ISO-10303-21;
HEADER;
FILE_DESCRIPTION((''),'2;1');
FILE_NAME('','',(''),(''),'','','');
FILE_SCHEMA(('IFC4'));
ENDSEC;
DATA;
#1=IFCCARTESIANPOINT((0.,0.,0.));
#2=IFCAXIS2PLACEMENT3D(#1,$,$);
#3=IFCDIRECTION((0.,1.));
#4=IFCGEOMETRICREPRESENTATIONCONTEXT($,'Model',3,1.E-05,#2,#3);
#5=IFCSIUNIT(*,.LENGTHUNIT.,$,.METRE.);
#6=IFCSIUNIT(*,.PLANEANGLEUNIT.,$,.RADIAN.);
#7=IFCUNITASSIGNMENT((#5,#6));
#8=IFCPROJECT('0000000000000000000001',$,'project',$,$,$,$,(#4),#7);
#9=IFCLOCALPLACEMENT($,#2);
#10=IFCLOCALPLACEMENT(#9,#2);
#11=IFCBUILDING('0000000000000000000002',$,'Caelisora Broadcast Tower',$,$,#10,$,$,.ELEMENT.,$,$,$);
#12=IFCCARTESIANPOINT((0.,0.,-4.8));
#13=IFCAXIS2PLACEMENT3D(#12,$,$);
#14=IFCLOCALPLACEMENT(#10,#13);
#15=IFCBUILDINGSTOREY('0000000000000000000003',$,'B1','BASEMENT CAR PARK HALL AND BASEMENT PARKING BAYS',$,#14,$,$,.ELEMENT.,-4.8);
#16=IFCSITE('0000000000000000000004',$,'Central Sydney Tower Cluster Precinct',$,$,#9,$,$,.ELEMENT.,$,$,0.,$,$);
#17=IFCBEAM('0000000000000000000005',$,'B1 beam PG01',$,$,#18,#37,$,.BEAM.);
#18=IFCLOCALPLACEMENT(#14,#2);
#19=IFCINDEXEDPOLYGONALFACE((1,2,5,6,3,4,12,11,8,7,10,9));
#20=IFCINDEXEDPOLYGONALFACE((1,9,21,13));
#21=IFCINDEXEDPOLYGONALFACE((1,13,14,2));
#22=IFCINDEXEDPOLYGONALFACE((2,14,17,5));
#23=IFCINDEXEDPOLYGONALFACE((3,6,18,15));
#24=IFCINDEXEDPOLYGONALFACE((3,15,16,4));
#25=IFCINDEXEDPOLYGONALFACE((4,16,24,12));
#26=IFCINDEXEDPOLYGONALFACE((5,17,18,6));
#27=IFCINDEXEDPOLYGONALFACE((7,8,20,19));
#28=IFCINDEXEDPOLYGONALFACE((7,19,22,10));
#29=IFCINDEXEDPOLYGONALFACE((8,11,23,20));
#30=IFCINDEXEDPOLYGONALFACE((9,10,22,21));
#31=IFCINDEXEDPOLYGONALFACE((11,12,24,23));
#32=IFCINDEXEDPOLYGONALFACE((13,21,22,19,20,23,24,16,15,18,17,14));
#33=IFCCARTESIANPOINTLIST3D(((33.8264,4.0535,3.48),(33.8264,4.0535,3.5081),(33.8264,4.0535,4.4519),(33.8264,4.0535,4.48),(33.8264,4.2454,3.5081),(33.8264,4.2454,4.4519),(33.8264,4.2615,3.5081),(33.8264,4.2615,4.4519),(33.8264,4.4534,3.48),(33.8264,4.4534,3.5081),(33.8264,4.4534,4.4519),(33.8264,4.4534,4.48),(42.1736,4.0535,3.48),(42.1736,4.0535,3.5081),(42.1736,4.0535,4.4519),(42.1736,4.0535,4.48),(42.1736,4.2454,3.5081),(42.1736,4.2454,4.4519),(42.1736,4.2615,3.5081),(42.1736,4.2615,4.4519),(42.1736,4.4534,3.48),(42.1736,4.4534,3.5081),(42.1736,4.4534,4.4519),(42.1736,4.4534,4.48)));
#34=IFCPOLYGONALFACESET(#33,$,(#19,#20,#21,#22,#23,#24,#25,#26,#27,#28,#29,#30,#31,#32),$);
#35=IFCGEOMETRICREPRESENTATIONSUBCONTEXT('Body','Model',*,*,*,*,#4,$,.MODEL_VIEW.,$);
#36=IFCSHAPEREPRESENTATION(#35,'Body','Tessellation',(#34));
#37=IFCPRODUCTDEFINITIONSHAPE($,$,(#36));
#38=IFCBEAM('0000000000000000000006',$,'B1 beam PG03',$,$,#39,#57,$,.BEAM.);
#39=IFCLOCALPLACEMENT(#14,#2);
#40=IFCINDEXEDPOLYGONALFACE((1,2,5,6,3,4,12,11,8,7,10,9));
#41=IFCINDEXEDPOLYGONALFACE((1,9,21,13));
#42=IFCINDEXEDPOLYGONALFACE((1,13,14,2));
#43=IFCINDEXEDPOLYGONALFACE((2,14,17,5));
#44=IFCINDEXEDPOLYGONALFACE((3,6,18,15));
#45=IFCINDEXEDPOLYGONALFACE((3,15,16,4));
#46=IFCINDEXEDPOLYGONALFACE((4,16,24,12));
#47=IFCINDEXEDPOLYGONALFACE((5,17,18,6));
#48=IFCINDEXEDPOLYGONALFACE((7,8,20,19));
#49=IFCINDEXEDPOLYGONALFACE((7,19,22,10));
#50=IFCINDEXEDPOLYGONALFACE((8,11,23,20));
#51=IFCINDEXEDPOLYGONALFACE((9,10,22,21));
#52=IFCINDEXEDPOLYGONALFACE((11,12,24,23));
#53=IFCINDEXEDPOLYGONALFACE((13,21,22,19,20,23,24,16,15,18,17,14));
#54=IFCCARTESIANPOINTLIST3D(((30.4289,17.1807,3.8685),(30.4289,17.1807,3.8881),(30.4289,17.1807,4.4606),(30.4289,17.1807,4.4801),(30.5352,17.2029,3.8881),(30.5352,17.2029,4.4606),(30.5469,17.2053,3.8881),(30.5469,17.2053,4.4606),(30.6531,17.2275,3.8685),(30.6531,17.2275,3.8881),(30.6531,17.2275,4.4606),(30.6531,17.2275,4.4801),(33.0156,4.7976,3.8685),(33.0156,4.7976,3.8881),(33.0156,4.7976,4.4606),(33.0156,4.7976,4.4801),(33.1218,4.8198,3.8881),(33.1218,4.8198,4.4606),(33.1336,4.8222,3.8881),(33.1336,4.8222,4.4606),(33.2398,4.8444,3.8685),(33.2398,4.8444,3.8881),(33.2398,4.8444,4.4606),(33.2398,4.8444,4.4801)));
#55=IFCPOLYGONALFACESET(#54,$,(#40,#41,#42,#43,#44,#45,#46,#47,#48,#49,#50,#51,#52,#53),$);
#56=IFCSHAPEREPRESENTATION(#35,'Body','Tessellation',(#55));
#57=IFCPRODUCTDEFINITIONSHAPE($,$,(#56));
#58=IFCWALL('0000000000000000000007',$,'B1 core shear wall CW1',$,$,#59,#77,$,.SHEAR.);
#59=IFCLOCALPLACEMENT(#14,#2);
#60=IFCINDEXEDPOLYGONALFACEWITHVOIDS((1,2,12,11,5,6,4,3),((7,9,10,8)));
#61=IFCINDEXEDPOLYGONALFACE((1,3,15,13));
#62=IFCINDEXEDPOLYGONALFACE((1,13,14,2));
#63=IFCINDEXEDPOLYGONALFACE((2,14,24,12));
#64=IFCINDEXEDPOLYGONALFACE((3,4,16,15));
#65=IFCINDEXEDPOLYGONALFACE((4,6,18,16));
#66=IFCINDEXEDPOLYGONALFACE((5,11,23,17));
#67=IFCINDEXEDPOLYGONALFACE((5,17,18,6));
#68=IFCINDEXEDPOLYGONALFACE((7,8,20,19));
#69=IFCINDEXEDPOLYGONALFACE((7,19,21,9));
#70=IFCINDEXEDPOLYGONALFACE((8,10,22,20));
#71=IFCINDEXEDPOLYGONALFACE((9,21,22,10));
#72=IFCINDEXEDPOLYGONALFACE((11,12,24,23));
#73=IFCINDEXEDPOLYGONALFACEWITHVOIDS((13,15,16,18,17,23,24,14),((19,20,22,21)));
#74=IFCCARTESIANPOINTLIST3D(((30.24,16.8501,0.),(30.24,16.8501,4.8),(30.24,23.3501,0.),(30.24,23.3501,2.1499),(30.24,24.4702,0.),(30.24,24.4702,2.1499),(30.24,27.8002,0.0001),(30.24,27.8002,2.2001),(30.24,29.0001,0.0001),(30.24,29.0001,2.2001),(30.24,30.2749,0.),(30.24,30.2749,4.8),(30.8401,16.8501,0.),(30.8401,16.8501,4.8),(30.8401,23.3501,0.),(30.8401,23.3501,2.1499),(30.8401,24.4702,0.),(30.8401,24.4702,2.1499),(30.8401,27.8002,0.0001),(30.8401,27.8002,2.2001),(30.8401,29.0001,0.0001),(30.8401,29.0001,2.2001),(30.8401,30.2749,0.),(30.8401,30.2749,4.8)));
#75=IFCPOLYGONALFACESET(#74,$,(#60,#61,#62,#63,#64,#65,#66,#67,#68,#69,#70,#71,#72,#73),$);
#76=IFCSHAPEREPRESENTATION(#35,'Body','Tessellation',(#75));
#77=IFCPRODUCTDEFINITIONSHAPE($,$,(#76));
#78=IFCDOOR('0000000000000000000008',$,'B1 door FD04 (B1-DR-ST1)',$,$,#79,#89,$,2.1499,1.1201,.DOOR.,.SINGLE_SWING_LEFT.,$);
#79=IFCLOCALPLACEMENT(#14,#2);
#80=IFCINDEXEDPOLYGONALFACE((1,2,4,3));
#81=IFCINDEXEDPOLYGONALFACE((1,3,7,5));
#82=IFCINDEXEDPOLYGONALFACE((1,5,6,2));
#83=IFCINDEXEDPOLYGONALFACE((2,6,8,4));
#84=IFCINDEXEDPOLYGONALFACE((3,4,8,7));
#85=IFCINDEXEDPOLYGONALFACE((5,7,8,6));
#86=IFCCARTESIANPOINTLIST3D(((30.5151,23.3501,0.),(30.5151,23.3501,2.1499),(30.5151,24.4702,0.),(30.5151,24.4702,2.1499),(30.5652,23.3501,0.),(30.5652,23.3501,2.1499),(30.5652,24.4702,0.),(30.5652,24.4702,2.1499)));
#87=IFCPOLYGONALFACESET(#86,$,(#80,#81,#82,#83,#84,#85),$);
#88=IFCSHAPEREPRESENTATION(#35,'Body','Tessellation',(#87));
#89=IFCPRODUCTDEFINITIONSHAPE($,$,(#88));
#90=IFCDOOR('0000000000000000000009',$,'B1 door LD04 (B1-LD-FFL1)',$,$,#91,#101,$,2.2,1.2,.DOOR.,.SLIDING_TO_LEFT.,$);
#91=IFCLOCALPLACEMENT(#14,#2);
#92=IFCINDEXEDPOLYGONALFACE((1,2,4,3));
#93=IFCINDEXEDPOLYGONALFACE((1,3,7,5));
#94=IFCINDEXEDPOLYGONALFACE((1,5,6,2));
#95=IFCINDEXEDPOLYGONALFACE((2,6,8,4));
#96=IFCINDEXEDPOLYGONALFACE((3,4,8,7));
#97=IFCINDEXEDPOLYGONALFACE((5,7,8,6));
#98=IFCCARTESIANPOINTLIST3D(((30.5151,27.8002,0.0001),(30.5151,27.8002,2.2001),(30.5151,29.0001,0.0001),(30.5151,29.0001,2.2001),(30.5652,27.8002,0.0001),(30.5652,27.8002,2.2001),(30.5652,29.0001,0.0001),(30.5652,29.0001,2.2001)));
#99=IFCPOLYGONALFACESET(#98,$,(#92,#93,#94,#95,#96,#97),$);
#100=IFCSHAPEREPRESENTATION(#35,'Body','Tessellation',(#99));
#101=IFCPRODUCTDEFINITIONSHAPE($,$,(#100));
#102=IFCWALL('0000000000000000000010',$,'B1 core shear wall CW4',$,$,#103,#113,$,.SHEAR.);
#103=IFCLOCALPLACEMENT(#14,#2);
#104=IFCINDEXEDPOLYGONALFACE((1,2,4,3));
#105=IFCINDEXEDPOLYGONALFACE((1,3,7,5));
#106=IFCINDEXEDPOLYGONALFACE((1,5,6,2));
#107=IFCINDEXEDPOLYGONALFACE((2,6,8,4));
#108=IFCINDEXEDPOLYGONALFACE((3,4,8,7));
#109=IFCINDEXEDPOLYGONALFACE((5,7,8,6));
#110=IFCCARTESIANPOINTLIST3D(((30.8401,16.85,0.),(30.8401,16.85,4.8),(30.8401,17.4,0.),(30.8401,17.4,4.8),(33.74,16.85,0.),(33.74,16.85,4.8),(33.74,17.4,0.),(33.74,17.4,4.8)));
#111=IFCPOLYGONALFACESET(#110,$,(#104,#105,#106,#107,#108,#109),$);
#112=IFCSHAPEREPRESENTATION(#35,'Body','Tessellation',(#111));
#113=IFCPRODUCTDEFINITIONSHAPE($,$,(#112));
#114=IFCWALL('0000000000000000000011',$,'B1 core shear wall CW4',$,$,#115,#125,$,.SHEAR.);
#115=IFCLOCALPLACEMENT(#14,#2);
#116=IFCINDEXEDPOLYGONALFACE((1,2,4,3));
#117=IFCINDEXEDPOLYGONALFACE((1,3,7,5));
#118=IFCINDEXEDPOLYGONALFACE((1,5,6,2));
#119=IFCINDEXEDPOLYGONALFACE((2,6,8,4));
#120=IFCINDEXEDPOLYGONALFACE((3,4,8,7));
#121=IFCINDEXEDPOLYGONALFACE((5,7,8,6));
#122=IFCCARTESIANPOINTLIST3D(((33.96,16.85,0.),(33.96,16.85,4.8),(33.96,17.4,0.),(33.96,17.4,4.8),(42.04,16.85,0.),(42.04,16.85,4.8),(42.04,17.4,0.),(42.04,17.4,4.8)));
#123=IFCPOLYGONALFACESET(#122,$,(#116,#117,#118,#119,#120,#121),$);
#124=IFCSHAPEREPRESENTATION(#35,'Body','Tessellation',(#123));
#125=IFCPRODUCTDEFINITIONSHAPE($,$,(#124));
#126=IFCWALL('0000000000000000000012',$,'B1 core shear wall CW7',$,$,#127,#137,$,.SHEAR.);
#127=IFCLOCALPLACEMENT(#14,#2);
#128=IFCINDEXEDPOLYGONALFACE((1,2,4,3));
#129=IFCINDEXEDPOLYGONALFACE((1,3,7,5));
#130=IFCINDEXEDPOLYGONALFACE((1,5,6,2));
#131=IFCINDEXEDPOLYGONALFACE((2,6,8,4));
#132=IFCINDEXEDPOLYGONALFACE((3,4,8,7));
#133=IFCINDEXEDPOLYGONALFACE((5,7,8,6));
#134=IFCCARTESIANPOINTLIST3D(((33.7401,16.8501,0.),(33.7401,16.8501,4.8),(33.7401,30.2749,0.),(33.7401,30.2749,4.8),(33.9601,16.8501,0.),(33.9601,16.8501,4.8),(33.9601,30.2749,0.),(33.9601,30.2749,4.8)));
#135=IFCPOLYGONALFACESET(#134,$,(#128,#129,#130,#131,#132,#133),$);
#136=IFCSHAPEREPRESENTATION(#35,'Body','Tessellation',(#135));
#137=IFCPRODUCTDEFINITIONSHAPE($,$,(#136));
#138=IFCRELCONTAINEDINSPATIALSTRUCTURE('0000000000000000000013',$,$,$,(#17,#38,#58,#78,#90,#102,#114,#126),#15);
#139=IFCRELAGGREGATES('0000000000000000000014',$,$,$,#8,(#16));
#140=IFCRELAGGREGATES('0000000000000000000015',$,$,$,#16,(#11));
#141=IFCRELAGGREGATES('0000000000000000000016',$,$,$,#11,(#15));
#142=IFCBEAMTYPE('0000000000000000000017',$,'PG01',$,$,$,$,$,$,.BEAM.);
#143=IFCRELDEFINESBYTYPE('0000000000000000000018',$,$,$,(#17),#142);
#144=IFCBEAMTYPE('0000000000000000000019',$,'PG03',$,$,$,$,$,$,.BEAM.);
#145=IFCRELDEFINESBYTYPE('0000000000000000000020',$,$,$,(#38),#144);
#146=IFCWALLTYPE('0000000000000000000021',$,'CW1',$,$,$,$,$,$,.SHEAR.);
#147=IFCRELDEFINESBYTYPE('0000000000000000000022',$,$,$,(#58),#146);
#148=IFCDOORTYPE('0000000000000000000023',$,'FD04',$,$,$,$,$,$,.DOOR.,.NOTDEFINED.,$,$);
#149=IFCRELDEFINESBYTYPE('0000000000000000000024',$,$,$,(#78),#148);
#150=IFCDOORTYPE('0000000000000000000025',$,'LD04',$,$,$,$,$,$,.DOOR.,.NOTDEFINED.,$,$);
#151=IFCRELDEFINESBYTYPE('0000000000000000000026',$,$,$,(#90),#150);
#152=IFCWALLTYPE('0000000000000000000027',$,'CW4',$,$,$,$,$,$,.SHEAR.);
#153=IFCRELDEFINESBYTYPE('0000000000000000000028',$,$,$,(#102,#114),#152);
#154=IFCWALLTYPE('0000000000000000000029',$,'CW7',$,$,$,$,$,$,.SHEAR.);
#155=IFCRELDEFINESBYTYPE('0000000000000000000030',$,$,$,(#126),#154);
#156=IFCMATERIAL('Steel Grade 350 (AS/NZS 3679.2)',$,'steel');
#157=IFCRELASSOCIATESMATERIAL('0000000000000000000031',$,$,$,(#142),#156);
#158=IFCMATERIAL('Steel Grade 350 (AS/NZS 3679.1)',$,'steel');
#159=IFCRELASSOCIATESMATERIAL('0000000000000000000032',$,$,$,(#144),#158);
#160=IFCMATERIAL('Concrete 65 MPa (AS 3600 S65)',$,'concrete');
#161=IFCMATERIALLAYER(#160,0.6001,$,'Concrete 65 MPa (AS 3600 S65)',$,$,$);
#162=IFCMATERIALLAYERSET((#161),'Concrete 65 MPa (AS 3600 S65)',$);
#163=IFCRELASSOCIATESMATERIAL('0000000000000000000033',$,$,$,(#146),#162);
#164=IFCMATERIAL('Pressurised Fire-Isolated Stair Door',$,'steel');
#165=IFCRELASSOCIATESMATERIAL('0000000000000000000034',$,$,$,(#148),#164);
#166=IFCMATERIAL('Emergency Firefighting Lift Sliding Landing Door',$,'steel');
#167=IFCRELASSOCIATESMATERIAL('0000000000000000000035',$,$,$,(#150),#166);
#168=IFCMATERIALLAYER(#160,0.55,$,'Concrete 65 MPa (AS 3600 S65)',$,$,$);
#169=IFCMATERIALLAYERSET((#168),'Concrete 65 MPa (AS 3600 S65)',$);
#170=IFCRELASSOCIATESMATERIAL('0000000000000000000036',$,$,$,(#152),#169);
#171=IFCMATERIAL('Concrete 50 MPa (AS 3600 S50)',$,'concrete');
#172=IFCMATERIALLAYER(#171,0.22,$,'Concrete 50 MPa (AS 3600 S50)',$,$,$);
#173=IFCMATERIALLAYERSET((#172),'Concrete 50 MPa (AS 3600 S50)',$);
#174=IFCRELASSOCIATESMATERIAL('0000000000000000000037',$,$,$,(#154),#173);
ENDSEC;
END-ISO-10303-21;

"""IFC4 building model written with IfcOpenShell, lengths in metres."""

from ifc_helpers import new_model, si_unit, direction, frame, frame_2d, origin, origin_2d, place, context, subcontext, project, spatial, rectangle, i_section, extrude, source, transform, mapped, material, layer, layer_set, material_profile, profile_set, type_object, type_shapes, element, fill, save


model = new_model("IFC4")

# Units and contexts
model_context = context("Model", 3, precision=1e-05, world=origin(), true_north=direction((0.0, 1.0)))
body_context = subcontext(model_context, "Body", "Model", "MODEL_VIEW")
ifc_project = project(units=[si_unit("LENGTHUNIT", "METRE"), si_unit("PLANEANGLEUNIT", "RADIAN")], contexts=[model_context])

# Site, building, storey
site_placement = place(None, origin())
site = spatial("IfcSite", under=ifc_project, at=site_placement, Name="Central Sydney Tower Cluster Precinct", CompositionType="ELEMENT", RefElevation=0.0)
building_placement = place(site_placement, origin())
building = spatial("IfcBuilding", under=site, at=building_placement, Name="Caelisora Broadcast Tower", CompositionType="ELEMENT")
storey_placement = place(building_placement, frame((0.0, 0.0, -4.8)))
storey = spatial("IfcBuildingStorey", under=building, at=storey_placement, Name="B1", Description="BASEMENT CAR PARK HALL AND BASEMENT PARKING BAYS", CompositionType="ELEMENT", Elevation=-4.8)

# Shared definitions
ifc_material_1 = material(Name="Concrete 50 MPa (AS 3600 S50)", Category="concrete")

# Beams
ifc_material_2 = material(Name="Steel Grade 350 (AS/NZS 3679.2)", Category="steel")
ifc_material_profile_1 = material_profile(ifc_material_2, i_section(OverallWidth=0.3999, OverallDepth=1.0, WebThickness=0.0161, FlangeThickness=0.0281, at=origin_2d()), Name="Steel Grade 350 (AS/NZS 3679.2)")
ifc_profile_set_1 = profile_set([ifc_material_profile_1], Name="Steel Grade 350 (AS/NZS 3679.2)")
beam_type_1 = type_object("IfcBeamType", Name="PG01", PredefinedType="BEAM", material=ifc_profile_set_1)
shared_shape_1 = source(origin(), body_context, "Body", "SweptSolid", [
    extrude(i_section(OverallWidth=0.3999, OverallDepth=1.0, WebThickness=0.0161, FlangeThickness=0.0281, at=origin_2d()), origin(), (0.0, 0.0, 1.0), 8.3472),
])
type_shapes(beam_type_1, [shared_shape_1])
beam_1_placement = place(storey_placement, frame((33.8264, 4.2534, 3.98), z_axis=(1.0, 0.0, 0.0), x_axis=(0.0, 1.0, 0.0)))
element("IfcBeam", 1, at=beam_1_placement, inside=storey, type_object=beam_type_1, Name="B1 beam PG01", PredefinedType="BEAM", context=body_context, shape_type="MappedRepresentation", body=[
    mapped(shared_shape_1, transform((0.0, 0.0, 0.0), scale=1.0)),
])
ifc_material_3 = material(Name="Steel Grade 350 (AS/NZS 3679.1)", Category="steel")
ifc_material_profile_2 = material_profile(ifc_material_3, i_section(OverallWidth=0.229, OverallDepth=0.6116, WebThickness=0.012, FlangeThickness=0.0195, at=origin_2d()), Name="Steel Grade 350 (AS/NZS 3679.1)")
ifc_profile_set_2 = profile_set([ifc_material_profile_2], Name="Steel Grade 350 (AS/NZS 3679.1)")
beam_type_2 = type_object("IfcBeamType", Name="PG03", PredefinedType="BEAM", material=ifc_profile_set_2)
shared_shape_2 = source(origin(), body_context, "Body", "SweptSolid", [
    extrude(i_section(OverallWidth=0.229, OverallDepth=0.6116, WebThickness=0.012, FlangeThickness=0.0195, at=origin_2d()), origin(), (0.0, 0.0, 1.0), 12.6504),
])
type_shapes(beam_type_2, [shared_shape_2])
beam_2_placement = place(storey_placement, frame((30.541, 17.2041, 4.1743), z_axis=(0.204474, -0.978872, 0.0), x_axis=(0.978872, 0.204474, 0.0)))
element("IfcBeam", 2, at=beam_2_placement, inside=storey, type_object=beam_type_2, Name="B1 beam PG03", PredefinedType="BEAM", context=body_context, shape_type="MappedRepresentation", body=[
    mapped(shared_shape_2, transform((0.0, 0.0, 0.0), scale=1.0)),
])

# Wall, openings, doors
ifc_material_4 = material(Name="Concrete 65 MPa (AS 3600 S65)", Category="concrete")
ifc_layer_1 = layer(ifc_material_4, 0.6001, Name="Concrete 65 MPa (AS 3600 S65)")
ifc_layer_set_1 = layer_set([ifc_layer_1], Name="Concrete 65 MPa (AS 3600 S65)")
wall_type_1 = type_object("IfcWallType", Name="CW1", PredefinedType="SHEAR", material=ifc_layer_set_1)
wall_1_placement = place(storey_placement, frame((30.54, 16.8501, 0.0), z_axis=(0.0, 0.0, 1.0), x_axis=(0.0, 1.0, 0.0)))
wall_1 = element("IfcWall", 3, at=wall_1_placement, inside=storey, type_object=wall_type_1, Name="B1 core shear wall CW1", PredefinedType="SHEAR", context=body_context, shape_type="SweptSolid", body=[
    extrude(rectangle(XDim=13.4248, YDim=0.6001, at=frame_2d((6.7124, 0.0))), origin(), (0.0, 0.0, 1.0), 4.8),
])
opening_1_placement = place(wall_1_placement, frame((6.5, 0.0, 0.0)))
opening_1 = element("IfcOpeningElement", 4, at=opening_1_placement, cuts=wall_1, PredefinedType="OPENING", context=body_context, shape_type="SweptSolid", body=[
    extrude(rectangle(XDim=1.1201, YDim=2.1499, at=frame_2d((0.5601, 1.075))), frame((0.0, 0.312, 0.0), z_axis=(0.0, -1.0, 0.0), x_axis=(1.0, 0.0, 0.0)), (0.0, 0.0, 1.0), 0.624),
])
opening_2_placement = place(wall_1_placement, frame((10.95, 0.0, 0.0)))
opening_2 = element("IfcOpeningElement", 5, at=opening_2_placement, cuts=wall_1, PredefinedType="OPENING", context=body_context, shape_type="SweptSolid", body=[
    extrude(rectangle(XDim=1.2, YDim=2.2, at=frame_2d((0.6001, 1.1001))), frame((0.0, 0.312, 0.0), z_axis=(0.0, -1.0, 0.0), x_axis=(1.0, 0.0, 0.0)), (0.0, 0.0, 1.0), 0.624),
])
ifc_material_5 = material(Name="Pressurised Fire-Isolated Stair Door", Category="steel")
door_type_1 = type_object("IfcDoorType", Name="FD04", OperationType="NOTDEFINED", PredefinedType="DOOR", material=ifc_material_5)
door_1_placement = place(opening_1_placement, origin())
door_1 = element("IfcDoor", 6, at=door_1_placement, inside=storey, type_object=door_type_1, Name="B1 door FD04 (B1-DR-ST1)", OperationType="SINGLE_SWING_LEFT", OverallHeight=2.1499, OverallWidth=1.1201, PredefinedType="DOOR", context=body_context, shape_type="SweptSolid", body=[
    extrude(rectangle(XDim=1.1201, YDim=2.1499, at=frame_2d((0.5601, 1.075))), frame((0.0, 0.0249, 0.0), z_axis=(0.0, -1.0, 0.0), x_axis=(1.0, 0.0, 0.0)), (0.0, 0.0, 1.0), 0.05),
])
fill(opening_1, door_1)
ifc_material_6 = material(Name="Emergency Firefighting Lift Sliding Landing Door", Category="steel")
door_type_2 = type_object("IfcDoorType", Name="LD04", OperationType="NOTDEFINED", PredefinedType="DOOR", material=ifc_material_6)
door_2_placement = place(opening_2_placement, origin())
door_2 = element("IfcDoor", 7, at=door_2_placement, inside=storey, type_object=door_type_2, Name="B1 door LD04 (B1-LD-FFL1)", OperationType="SLIDING_TO_LEFT", OverallHeight=2.2, OverallWidth=1.2, PredefinedType="DOOR", context=body_context, shape_type="SweptSolid", body=[
    extrude(rectangle(XDim=1.2, YDim=2.2, at=frame_2d((0.6001, 1.1001))), frame((0.0, 0.0249, 0.0), z_axis=(0.0, -1.0, 0.0), x_axis=(1.0, 0.0, 0.0)), (0.0, 0.0, 1.0), 0.05),
])
fill(opening_2, door_2)

# Walls
ifc_layer_2 = layer(ifc_material_4, 0.55, Name="Concrete 65 MPa (AS 3600 S65)")
ifc_layer_set_2 = layer_set([ifc_layer_2], Name="Concrete 65 MPa (AS 3600 S65)")
wall_type_2 = type_object("IfcWallType", Name="CW4", PredefinedType="SHEAR", material=ifc_layer_set_2)
wall_2_placement = place(storey_placement, frame((30.8401, 17.125, 0.0), z_axis=(0.0, 0.0, 1.0), x_axis=(1.0, 0.0, 0.0)))
element("IfcWall", 8, at=wall_2_placement, inside=storey, type_object=wall_type_2, Name="B1 core shear wall CW4", PredefinedType="SHEAR", context=body_context, shape_type="SweptSolid", body=[
    extrude(rectangle(XDim=2.8999, YDim=0.55, at=frame_2d((1.45, 0.0))), origin(), (0.0, 0.0, 1.0), 4.8),
])
wall_3_placement = place(storey_placement, frame((33.96, 17.125, 0.0), z_axis=(0.0, 0.0, 1.0), x_axis=(1.0, 0.0, 0.0)))
element("IfcWall", 9, at=wall_3_placement, inside=storey, type_object=wall_type_2, Name="B1 core shear wall CW4", PredefinedType="SHEAR", context=body_context, shape_type="SweptSolid", body=[
    extrude(rectangle(XDim=8.0801, YDim=0.55, at=frame_2d((4.04, 0.0))), origin(), (0.0, 0.0, 1.0), 4.8),
])
ifc_layer_3 = layer(ifc_material_1, 0.22, Name="Concrete 50 MPa (AS 3600 S50)")
ifc_layer_set_3 = layer_set([ifc_layer_3], Name="Concrete 50 MPa (AS 3600 S50)")
wall_type_3 = type_object("IfcWallType", Name="CW7", PredefinedType="SHEAR", material=ifc_layer_set_3)
wall_4_placement = place(storey_placement, frame((33.8501, 16.8501, 0.0), z_axis=(0.0, 0.0, 1.0), x_axis=(0.0, 1.0, 0.0)))
element("IfcWall", 10, at=wall_4_placement, inside=storey, type_object=wall_type_3, Name="B1 core shear wall CW7", PredefinedType="SHEAR", context=body_context, shape_type="SweptSolid", body=[
    extrude(rectangle(XDim=13.4248, YDim=0.22, at=frame_2d((6.7124, 0.0))), origin(), (0.0, 0.0, 1.0), 4.8),
])

save(model, "model.ifc")
